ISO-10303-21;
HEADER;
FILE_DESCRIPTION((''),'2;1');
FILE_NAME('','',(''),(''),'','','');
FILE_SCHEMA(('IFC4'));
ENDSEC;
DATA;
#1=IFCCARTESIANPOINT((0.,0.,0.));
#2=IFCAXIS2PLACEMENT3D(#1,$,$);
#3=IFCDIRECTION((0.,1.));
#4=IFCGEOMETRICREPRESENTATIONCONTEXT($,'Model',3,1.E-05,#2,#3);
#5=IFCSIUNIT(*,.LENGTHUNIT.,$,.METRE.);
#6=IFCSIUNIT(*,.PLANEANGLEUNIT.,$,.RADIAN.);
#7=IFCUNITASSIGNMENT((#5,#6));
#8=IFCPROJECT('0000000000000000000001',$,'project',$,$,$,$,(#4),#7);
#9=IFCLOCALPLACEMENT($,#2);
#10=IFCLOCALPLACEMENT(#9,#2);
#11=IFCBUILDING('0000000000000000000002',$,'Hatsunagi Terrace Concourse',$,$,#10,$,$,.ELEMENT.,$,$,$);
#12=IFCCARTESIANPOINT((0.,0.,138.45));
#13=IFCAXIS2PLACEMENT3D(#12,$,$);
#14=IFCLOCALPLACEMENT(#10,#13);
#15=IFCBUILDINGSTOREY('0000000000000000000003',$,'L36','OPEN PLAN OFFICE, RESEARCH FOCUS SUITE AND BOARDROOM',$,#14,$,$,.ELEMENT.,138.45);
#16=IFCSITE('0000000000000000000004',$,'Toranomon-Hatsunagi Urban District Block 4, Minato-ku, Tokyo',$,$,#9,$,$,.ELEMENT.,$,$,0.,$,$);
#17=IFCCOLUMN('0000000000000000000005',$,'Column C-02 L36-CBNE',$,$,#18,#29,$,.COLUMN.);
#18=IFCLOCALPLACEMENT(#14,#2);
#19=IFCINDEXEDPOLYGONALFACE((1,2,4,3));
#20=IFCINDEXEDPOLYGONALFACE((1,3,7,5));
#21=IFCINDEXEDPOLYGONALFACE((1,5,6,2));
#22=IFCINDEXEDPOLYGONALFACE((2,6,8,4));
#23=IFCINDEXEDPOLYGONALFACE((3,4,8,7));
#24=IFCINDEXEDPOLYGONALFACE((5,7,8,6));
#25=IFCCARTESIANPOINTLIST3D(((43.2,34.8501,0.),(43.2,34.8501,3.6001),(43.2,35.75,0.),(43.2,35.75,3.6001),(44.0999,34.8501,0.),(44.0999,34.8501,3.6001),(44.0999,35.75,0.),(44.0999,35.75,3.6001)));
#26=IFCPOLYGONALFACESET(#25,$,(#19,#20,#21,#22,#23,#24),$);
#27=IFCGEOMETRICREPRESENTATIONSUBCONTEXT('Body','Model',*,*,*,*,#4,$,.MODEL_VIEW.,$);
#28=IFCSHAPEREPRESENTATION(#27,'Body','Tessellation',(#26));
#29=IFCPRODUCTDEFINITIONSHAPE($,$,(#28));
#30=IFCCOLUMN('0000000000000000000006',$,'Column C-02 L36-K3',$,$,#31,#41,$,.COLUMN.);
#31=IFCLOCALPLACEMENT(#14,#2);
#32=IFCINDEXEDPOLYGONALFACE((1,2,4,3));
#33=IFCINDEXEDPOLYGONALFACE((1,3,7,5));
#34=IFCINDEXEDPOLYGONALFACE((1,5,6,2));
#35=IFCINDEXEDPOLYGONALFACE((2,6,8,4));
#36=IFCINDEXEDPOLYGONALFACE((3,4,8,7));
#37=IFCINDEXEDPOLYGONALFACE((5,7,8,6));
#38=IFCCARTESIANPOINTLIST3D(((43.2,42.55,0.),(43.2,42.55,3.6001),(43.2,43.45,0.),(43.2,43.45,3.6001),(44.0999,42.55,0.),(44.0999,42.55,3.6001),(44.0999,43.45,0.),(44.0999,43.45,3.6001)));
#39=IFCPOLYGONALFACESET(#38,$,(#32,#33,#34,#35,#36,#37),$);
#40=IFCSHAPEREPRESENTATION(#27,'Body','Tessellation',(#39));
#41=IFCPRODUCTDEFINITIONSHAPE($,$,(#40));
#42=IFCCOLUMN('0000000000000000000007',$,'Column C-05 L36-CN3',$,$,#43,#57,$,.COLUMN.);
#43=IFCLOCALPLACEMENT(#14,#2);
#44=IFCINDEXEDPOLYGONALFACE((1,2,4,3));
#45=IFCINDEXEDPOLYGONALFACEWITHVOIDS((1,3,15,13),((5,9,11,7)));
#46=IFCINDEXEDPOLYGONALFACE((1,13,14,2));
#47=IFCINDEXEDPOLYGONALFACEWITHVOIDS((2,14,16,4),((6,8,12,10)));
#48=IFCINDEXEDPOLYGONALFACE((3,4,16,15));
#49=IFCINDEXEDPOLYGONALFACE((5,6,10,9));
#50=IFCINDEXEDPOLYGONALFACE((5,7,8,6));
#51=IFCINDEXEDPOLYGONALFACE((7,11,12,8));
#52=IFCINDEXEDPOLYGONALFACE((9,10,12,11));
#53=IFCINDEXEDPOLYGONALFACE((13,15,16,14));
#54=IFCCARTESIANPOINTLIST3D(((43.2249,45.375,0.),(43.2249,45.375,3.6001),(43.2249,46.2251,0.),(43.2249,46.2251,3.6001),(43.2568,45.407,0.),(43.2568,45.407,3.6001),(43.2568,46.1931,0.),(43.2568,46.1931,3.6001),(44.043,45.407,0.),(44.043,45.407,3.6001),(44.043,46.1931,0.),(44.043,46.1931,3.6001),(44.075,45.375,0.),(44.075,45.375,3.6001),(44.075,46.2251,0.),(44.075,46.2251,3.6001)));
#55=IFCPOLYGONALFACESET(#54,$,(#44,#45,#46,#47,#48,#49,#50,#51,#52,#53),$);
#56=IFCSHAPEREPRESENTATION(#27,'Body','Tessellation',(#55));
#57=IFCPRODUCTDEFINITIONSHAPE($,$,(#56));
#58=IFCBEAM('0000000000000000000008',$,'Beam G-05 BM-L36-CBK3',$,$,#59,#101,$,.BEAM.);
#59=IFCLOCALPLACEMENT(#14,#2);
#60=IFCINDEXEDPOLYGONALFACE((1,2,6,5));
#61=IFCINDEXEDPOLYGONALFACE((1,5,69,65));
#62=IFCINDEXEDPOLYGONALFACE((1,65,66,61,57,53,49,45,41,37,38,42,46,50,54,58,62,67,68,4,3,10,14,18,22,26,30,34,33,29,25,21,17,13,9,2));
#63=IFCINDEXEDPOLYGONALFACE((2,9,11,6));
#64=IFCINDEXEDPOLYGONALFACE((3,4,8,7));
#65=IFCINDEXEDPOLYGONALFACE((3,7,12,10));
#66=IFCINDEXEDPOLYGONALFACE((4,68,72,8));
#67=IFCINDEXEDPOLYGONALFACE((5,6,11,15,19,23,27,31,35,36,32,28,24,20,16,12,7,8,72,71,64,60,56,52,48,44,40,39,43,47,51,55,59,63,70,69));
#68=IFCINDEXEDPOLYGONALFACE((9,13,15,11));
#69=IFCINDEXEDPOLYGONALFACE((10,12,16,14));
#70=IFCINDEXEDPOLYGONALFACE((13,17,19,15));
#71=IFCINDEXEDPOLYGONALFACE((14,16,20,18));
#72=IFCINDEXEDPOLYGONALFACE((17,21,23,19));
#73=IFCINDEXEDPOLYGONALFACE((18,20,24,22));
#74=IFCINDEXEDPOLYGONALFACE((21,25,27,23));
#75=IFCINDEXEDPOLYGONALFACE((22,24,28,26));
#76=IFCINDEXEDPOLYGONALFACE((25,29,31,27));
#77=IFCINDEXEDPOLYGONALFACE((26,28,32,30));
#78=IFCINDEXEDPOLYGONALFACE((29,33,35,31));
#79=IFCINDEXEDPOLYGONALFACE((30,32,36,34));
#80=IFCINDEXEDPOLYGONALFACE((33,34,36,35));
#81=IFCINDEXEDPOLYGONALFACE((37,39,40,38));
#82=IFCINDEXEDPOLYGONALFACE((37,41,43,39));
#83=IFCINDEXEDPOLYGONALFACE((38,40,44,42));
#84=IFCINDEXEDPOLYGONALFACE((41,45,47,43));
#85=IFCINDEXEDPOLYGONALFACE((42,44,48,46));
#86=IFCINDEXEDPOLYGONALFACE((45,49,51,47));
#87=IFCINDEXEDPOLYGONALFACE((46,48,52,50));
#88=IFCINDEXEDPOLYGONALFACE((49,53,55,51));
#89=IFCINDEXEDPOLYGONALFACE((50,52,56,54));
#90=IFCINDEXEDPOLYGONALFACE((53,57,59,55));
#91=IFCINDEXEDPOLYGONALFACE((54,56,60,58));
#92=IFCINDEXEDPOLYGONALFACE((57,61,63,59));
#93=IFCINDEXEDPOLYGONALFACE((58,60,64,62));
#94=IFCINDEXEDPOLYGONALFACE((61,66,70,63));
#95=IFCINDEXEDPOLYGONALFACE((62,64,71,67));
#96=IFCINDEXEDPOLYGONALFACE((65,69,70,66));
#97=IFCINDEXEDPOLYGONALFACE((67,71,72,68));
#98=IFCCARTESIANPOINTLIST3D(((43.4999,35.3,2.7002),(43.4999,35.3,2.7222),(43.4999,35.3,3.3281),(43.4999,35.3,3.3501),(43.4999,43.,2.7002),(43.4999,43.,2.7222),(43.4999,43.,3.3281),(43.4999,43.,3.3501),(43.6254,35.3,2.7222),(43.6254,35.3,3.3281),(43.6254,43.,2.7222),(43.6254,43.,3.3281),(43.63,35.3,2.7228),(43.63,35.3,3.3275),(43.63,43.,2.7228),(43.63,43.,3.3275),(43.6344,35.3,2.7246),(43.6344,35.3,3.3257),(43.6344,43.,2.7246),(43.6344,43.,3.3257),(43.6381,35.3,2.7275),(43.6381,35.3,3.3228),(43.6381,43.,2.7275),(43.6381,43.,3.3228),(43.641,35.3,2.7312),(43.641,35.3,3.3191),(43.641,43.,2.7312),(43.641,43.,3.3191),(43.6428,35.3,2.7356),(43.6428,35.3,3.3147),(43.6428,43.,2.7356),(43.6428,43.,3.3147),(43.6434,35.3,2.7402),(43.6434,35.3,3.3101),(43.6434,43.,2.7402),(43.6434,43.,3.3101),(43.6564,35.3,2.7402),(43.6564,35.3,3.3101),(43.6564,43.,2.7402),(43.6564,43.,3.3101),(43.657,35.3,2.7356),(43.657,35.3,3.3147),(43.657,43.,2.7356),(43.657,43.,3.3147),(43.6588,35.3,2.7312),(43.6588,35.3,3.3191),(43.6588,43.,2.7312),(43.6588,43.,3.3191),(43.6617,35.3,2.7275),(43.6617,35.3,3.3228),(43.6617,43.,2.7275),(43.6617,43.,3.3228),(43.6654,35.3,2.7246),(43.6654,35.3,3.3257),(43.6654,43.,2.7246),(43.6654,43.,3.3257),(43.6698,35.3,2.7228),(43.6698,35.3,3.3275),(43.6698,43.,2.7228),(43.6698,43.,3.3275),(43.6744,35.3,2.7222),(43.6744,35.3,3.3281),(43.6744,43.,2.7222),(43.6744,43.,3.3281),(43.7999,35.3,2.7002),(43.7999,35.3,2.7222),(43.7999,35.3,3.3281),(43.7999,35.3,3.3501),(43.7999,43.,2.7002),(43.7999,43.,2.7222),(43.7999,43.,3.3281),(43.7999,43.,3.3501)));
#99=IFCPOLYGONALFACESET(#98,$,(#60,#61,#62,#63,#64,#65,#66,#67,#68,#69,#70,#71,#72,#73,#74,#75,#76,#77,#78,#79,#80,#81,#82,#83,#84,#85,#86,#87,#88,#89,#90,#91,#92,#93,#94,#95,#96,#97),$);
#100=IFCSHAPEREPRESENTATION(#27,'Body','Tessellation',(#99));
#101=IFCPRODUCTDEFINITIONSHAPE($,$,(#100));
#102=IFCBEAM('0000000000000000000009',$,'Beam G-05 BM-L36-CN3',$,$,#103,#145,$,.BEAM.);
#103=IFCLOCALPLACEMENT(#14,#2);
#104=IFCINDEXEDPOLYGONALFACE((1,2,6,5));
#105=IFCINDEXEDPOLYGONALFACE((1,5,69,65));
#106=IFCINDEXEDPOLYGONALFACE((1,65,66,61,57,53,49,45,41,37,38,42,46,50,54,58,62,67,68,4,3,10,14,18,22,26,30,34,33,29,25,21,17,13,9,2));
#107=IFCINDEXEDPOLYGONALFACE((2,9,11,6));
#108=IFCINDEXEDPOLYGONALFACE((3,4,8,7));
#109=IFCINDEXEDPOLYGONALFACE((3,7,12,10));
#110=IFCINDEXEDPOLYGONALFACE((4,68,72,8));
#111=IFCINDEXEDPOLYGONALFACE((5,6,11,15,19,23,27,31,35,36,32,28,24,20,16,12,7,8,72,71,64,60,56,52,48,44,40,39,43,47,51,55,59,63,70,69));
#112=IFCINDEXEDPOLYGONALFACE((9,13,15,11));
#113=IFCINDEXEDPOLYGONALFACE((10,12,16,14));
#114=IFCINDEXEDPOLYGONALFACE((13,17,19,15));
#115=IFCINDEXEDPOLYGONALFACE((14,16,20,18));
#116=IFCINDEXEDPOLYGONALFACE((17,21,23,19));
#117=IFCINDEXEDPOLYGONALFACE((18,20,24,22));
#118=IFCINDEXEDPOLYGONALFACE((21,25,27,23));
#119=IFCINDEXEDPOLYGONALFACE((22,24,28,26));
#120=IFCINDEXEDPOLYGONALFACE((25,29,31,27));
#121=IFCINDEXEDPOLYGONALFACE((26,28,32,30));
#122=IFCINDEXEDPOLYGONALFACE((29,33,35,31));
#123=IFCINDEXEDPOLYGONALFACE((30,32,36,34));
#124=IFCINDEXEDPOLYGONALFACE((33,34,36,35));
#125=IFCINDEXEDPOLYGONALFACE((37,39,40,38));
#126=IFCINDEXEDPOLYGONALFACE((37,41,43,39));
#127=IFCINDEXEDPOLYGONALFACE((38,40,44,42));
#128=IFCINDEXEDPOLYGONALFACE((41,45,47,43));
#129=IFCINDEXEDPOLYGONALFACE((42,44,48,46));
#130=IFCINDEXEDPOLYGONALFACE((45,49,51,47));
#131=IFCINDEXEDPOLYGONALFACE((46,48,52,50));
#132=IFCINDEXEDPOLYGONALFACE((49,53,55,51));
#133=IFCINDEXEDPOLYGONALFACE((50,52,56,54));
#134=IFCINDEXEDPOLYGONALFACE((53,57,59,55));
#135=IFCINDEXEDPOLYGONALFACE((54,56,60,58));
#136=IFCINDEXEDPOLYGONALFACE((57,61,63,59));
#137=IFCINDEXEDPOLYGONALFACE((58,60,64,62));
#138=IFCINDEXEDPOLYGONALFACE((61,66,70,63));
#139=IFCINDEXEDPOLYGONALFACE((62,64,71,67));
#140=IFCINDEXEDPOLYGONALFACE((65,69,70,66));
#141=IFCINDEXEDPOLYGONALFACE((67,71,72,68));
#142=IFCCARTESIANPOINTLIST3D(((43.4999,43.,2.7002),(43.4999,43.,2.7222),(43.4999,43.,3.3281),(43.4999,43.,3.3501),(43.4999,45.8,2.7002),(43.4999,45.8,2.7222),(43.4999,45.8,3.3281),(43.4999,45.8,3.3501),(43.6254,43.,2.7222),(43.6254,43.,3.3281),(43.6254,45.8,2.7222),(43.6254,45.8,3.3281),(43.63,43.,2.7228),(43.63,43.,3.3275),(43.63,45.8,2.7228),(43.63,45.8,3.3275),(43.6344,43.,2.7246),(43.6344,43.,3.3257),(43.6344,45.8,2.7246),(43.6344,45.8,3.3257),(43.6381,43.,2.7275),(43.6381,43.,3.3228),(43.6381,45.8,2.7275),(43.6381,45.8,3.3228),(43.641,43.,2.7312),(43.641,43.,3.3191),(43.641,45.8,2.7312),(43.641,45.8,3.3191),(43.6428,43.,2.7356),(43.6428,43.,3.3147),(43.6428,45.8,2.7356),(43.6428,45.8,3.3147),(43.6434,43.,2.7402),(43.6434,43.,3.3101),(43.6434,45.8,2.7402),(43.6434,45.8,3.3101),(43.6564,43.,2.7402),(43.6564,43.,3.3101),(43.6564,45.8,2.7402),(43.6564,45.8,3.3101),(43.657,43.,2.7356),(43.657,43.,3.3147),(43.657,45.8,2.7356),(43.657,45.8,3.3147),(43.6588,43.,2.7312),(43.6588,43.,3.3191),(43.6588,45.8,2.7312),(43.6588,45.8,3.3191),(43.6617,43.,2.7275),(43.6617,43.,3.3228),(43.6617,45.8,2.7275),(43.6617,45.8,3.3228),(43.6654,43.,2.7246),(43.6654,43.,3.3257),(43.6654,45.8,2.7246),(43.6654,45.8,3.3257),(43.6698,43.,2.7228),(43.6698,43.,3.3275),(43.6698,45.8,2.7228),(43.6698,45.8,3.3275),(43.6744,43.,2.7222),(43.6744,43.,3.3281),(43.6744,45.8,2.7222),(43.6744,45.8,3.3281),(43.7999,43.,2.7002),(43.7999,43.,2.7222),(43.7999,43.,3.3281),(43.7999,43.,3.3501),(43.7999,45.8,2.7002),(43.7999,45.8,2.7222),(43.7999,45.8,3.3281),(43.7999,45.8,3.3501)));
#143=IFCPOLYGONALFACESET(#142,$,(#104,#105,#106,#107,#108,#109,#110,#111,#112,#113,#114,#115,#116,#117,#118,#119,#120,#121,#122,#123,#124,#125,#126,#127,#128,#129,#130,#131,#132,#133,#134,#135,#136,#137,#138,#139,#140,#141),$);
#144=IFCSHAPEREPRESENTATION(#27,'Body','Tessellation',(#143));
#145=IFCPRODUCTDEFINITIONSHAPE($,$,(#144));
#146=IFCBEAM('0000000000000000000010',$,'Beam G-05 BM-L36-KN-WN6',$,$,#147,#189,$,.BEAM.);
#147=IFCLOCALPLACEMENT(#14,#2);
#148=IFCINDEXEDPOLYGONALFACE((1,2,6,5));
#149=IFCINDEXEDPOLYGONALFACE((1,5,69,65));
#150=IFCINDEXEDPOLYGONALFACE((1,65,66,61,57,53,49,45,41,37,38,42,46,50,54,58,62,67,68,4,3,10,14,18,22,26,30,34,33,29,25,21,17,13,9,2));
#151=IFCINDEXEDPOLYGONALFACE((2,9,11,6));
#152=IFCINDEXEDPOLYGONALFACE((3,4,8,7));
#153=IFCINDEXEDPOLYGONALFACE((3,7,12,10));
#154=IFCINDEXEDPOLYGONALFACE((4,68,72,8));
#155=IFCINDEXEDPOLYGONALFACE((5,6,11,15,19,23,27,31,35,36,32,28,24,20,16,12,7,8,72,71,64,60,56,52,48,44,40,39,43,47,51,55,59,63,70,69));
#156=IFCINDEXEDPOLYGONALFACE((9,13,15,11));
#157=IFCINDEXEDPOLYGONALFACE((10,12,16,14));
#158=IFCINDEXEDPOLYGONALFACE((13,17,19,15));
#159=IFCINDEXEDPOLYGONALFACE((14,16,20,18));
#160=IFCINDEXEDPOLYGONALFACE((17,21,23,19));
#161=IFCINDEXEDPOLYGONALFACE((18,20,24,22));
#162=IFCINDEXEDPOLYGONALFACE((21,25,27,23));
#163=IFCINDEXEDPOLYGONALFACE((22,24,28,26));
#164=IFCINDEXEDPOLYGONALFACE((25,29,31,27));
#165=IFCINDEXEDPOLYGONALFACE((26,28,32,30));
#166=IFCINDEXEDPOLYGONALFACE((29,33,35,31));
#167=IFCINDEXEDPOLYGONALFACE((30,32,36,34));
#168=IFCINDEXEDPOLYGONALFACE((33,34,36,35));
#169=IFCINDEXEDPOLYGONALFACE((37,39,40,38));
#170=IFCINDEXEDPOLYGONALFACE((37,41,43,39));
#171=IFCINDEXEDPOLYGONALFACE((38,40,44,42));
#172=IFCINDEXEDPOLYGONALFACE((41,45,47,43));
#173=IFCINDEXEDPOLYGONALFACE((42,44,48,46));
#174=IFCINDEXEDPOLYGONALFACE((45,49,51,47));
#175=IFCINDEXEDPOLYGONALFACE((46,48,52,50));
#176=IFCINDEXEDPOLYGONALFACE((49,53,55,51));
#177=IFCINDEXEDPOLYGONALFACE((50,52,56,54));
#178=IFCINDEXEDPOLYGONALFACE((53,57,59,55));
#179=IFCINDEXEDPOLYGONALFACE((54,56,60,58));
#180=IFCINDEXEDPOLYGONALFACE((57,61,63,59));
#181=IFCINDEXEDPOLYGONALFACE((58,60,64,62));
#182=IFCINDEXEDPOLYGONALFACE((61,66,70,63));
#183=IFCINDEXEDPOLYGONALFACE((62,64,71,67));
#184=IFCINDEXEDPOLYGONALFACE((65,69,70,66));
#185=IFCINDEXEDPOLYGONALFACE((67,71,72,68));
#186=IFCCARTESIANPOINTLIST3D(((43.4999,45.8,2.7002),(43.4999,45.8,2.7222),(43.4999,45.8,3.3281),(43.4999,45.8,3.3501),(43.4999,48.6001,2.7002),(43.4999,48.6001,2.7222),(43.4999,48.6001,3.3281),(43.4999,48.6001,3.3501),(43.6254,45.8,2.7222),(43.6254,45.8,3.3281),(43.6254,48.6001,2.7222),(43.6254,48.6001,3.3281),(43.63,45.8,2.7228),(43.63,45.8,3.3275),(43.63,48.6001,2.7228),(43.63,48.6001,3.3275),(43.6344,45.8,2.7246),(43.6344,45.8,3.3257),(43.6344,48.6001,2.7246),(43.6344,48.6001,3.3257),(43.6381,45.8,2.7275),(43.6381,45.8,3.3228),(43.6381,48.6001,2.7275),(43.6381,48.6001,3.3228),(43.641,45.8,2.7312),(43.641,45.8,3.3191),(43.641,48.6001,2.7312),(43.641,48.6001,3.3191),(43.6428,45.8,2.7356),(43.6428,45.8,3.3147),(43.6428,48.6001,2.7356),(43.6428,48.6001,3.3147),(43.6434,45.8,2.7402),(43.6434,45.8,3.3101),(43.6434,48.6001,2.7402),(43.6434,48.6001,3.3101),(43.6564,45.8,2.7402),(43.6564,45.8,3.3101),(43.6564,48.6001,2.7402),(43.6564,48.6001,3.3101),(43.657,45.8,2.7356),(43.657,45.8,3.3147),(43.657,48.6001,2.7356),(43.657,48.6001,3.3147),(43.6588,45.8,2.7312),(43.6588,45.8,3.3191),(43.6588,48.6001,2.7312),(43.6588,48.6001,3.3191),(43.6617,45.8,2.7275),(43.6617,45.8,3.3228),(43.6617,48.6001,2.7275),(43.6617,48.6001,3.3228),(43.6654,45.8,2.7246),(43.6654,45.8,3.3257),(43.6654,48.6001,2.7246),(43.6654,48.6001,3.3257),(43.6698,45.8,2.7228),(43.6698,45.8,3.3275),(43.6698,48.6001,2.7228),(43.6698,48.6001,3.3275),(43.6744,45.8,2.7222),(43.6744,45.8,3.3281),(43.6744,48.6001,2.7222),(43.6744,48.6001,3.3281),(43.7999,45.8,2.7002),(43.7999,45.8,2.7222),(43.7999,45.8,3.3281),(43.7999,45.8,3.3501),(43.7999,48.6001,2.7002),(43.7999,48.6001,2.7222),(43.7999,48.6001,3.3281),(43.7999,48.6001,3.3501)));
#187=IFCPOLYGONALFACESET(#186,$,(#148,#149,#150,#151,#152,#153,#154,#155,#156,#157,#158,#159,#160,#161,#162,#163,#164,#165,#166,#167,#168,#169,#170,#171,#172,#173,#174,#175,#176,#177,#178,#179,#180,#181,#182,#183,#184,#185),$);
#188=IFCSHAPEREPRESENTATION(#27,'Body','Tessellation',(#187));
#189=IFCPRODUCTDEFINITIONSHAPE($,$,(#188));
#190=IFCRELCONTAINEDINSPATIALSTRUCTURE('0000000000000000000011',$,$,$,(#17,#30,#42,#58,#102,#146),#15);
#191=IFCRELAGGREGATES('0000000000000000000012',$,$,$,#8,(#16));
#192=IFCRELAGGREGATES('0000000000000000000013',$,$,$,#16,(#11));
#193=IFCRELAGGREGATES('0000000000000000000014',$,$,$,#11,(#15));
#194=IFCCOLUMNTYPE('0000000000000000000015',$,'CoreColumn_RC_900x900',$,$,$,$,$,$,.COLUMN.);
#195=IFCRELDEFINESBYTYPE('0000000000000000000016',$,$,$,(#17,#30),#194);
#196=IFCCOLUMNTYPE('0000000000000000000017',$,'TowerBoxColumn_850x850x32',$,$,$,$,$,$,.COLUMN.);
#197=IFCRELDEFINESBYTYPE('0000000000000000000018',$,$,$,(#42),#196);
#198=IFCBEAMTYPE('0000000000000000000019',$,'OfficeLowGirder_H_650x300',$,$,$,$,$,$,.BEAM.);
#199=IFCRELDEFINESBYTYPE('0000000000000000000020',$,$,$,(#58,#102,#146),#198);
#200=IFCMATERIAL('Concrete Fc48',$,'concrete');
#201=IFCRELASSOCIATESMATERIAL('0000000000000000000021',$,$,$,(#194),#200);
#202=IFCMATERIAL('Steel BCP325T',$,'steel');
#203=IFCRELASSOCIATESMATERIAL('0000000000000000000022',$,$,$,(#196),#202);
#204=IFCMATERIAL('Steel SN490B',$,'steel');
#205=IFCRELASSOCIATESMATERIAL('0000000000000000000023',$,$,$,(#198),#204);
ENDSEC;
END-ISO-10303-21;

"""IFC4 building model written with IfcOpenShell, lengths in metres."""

from ifc_helpers import new_model, si_unit, direction, frame, origin, origin_2d, place, context, subcontext, project, spatial, rectangle, hollow_rectangle, i_section, extrude, material, material_profile, profile_set, type_object, element, save


model = new_model("IFC4")

# Units and contexts
model_context = context("Model", 3, precision=1e-05, world=origin(), true_north=direction((0.0, 1.0)))
body_context = subcontext(model_context, "Body", "Model", "MODEL_VIEW")
ifc_project = project(units=[si_unit("LENGTHUNIT", "METRE"), si_unit("PLANEANGLEUNIT", "RADIAN")], contexts=[model_context])

# Site, building, storey
site_placement = place(None, origin())
site = spatial("IfcSite", under=ifc_project, at=site_placement, Name="Toranomon-Hatsunagi Urban District Block 4, Minato-ku, Tokyo", CompositionType="ELEMENT", RefElevation=0.0)
building_placement = place(site_placement, origin())
building = spatial("IfcBuilding", under=site, at=building_placement, Name="Hatsunagi Terrace Concourse", CompositionType="ELEMENT")
storey_placement = place(building_placement, frame((0.0, 0.0, 138.45)))
storey = spatial("IfcBuildingStorey", under=building, at=storey_placement, Name="L36", Description="OPEN PLAN OFFICE, RESEARCH FOCUS SUITE AND BOARDROOM", CompositionType="ELEMENT", Elevation=138.45)

# Columns
ifc_material_1 = material(Name="Concrete Fc48", Category="concrete")
ifc_material_profile_1 = material_profile(ifc_material_1, rectangle(XDim=0.8999, YDim=0.8999, at=origin_2d()), Name="RC-900x900")
ifc_profile_set_1 = profile_set([ifc_material_profile_1], Name="Concrete Fc48")
column_type_1 = type_object("IfcColumnType", Name="CoreColumn_RC_900x900", PredefinedType="COLUMN", material=ifc_profile_set_1)
for number, where, z_axis, x_axis, name in (
    (1, (43.6499, 35.3, 0.0), (0.0, 0.0, 1.0), (1.0, 0.0, 0.0), "Column C-02 L36-CBNE"),
    (2, (43.6499, 43.0, 0.0), (0.0, 0.0, 1.0), (1.0, 0.0, 0.0), "Column C-02 L36-K3"),
):
    element("IfcColumn", number, at=place(storey_placement, frame(where, z_axis=z_axis, x_axis=x_axis)), inside=storey, type_object=column_type_1, Name=name, PredefinedType="COLUMN", context=body_context, shape_type="SweptSolid", body=[
        extrude(rectangle(XDim=0.8999, YDim=0.8999, at=origin_2d()), origin(), (0.0, 0.0, 1.0), 3.6001),
    ])
ifc_material_2 = material(Name="Steel BCP325T", Category="steel")
ifc_material_profile_2 = material_profile(ifc_material_2, hollow_rectangle(XDim=0.8501, YDim=0.8501, WallThickness=0.032, at=origin_2d()), Name="BCP-850x850x32")
ifc_profile_set_2 = profile_set([ifc_material_profile_2], Name="Steel BCP325T")
column_type_2 = type_object("IfcColumnType", Name="TowerBoxColumn_850x850x32", PredefinedType="COLUMN", material=ifc_profile_set_2)
column_placement = place(storey_placement, frame((43.6499, 45.8, 0.0), z_axis=(0.0, 0.0, 1.0), x_axis=(1.0, 0.0, 0.0)))
element("IfcColumn", 3, at=column_placement, inside=storey, type_object=column_type_2, Name="Column C-05 L36-CN3", PredefinedType="COLUMN", context=body_context, shape_type="SweptSolid", body=[
    extrude(hollow_rectangle(XDim=0.8501, YDim=0.8501, WallThickness=0.032, at=origin_2d()), origin(), (0.0, 0.0, 1.0), 3.6001),
])

# Beams
ifc_material_3 = material(Name="Steel SN490B", Category="steel")
ifc_material_profile_3 = material_profile(ifc_material_3, i_section(OverallWidth=0.3, OverallDepth=0.6499, WebThickness=0.0129, FlangeThickness=0.022, FilletRadius=0.0181, at=origin_2d()), Name="H-650x300x13x22")
ifc_profile_set_3 = profile_set([ifc_material_profile_3], Name="Steel SN490B")
beam_type_1 = type_object("IfcBeamType", Name="OfficeLowGirder_H_650x300", PredefinedType="BEAM", material=ifc_profile_set_3)
beam_1_placement = place(storey_placement, frame((43.6499, 35.3, 3.0251), z_axis=(0.0, 1.0, 0.0), x_axis=(-1.0, 0.0, 0.0)))
element("IfcBeam", 4, at=beam_1_placement, inside=storey, type_object=beam_type_1, Name="Beam G-05 BM-L36-CBK3", PredefinedType="BEAM", context=body_context, shape_type="SweptSolid", body=[
    extrude(i_section(OverallWidth=0.3, OverallDepth=0.6499, WebThickness=0.0129, FlangeThickness=0.022, FilletRadius=0.0181, at=origin_2d()), origin(), (0.0, 0.0, 1.0), 7.7),
])
for number, where, z_axis, x_axis, name in (
    (5, (43.6499, 43.0, 3.0251), (0.0, 1.0, 0.0), (-1.0, 0.0, 0.0), "Beam G-05 BM-L36-CN3"),
    (6, (43.6499, 45.8, 3.0251), (0.0, 1.0, 0.0), (-1.0, 0.0, 0.0), "Beam G-05 BM-L36-KN-WN6"),
):
    element("IfcBeam", number, at=place(storey_placement, frame(where, z_axis=z_axis, x_axis=x_axis)), inside=storey, type_object=beam_type_1, Name=name, PredefinedType="BEAM", context=body_context, shape_type="SweptSolid", body=[
        extrude(i_section(OverallWidth=0.3, OverallDepth=0.6499, WebThickness=0.0129, FlangeThickness=0.022, FilletRadius=0.0181, at=origin_2d()), origin(), (0.0, 0.0, 1.0), 2.8),
    ])

save(model, "model.ifc")
